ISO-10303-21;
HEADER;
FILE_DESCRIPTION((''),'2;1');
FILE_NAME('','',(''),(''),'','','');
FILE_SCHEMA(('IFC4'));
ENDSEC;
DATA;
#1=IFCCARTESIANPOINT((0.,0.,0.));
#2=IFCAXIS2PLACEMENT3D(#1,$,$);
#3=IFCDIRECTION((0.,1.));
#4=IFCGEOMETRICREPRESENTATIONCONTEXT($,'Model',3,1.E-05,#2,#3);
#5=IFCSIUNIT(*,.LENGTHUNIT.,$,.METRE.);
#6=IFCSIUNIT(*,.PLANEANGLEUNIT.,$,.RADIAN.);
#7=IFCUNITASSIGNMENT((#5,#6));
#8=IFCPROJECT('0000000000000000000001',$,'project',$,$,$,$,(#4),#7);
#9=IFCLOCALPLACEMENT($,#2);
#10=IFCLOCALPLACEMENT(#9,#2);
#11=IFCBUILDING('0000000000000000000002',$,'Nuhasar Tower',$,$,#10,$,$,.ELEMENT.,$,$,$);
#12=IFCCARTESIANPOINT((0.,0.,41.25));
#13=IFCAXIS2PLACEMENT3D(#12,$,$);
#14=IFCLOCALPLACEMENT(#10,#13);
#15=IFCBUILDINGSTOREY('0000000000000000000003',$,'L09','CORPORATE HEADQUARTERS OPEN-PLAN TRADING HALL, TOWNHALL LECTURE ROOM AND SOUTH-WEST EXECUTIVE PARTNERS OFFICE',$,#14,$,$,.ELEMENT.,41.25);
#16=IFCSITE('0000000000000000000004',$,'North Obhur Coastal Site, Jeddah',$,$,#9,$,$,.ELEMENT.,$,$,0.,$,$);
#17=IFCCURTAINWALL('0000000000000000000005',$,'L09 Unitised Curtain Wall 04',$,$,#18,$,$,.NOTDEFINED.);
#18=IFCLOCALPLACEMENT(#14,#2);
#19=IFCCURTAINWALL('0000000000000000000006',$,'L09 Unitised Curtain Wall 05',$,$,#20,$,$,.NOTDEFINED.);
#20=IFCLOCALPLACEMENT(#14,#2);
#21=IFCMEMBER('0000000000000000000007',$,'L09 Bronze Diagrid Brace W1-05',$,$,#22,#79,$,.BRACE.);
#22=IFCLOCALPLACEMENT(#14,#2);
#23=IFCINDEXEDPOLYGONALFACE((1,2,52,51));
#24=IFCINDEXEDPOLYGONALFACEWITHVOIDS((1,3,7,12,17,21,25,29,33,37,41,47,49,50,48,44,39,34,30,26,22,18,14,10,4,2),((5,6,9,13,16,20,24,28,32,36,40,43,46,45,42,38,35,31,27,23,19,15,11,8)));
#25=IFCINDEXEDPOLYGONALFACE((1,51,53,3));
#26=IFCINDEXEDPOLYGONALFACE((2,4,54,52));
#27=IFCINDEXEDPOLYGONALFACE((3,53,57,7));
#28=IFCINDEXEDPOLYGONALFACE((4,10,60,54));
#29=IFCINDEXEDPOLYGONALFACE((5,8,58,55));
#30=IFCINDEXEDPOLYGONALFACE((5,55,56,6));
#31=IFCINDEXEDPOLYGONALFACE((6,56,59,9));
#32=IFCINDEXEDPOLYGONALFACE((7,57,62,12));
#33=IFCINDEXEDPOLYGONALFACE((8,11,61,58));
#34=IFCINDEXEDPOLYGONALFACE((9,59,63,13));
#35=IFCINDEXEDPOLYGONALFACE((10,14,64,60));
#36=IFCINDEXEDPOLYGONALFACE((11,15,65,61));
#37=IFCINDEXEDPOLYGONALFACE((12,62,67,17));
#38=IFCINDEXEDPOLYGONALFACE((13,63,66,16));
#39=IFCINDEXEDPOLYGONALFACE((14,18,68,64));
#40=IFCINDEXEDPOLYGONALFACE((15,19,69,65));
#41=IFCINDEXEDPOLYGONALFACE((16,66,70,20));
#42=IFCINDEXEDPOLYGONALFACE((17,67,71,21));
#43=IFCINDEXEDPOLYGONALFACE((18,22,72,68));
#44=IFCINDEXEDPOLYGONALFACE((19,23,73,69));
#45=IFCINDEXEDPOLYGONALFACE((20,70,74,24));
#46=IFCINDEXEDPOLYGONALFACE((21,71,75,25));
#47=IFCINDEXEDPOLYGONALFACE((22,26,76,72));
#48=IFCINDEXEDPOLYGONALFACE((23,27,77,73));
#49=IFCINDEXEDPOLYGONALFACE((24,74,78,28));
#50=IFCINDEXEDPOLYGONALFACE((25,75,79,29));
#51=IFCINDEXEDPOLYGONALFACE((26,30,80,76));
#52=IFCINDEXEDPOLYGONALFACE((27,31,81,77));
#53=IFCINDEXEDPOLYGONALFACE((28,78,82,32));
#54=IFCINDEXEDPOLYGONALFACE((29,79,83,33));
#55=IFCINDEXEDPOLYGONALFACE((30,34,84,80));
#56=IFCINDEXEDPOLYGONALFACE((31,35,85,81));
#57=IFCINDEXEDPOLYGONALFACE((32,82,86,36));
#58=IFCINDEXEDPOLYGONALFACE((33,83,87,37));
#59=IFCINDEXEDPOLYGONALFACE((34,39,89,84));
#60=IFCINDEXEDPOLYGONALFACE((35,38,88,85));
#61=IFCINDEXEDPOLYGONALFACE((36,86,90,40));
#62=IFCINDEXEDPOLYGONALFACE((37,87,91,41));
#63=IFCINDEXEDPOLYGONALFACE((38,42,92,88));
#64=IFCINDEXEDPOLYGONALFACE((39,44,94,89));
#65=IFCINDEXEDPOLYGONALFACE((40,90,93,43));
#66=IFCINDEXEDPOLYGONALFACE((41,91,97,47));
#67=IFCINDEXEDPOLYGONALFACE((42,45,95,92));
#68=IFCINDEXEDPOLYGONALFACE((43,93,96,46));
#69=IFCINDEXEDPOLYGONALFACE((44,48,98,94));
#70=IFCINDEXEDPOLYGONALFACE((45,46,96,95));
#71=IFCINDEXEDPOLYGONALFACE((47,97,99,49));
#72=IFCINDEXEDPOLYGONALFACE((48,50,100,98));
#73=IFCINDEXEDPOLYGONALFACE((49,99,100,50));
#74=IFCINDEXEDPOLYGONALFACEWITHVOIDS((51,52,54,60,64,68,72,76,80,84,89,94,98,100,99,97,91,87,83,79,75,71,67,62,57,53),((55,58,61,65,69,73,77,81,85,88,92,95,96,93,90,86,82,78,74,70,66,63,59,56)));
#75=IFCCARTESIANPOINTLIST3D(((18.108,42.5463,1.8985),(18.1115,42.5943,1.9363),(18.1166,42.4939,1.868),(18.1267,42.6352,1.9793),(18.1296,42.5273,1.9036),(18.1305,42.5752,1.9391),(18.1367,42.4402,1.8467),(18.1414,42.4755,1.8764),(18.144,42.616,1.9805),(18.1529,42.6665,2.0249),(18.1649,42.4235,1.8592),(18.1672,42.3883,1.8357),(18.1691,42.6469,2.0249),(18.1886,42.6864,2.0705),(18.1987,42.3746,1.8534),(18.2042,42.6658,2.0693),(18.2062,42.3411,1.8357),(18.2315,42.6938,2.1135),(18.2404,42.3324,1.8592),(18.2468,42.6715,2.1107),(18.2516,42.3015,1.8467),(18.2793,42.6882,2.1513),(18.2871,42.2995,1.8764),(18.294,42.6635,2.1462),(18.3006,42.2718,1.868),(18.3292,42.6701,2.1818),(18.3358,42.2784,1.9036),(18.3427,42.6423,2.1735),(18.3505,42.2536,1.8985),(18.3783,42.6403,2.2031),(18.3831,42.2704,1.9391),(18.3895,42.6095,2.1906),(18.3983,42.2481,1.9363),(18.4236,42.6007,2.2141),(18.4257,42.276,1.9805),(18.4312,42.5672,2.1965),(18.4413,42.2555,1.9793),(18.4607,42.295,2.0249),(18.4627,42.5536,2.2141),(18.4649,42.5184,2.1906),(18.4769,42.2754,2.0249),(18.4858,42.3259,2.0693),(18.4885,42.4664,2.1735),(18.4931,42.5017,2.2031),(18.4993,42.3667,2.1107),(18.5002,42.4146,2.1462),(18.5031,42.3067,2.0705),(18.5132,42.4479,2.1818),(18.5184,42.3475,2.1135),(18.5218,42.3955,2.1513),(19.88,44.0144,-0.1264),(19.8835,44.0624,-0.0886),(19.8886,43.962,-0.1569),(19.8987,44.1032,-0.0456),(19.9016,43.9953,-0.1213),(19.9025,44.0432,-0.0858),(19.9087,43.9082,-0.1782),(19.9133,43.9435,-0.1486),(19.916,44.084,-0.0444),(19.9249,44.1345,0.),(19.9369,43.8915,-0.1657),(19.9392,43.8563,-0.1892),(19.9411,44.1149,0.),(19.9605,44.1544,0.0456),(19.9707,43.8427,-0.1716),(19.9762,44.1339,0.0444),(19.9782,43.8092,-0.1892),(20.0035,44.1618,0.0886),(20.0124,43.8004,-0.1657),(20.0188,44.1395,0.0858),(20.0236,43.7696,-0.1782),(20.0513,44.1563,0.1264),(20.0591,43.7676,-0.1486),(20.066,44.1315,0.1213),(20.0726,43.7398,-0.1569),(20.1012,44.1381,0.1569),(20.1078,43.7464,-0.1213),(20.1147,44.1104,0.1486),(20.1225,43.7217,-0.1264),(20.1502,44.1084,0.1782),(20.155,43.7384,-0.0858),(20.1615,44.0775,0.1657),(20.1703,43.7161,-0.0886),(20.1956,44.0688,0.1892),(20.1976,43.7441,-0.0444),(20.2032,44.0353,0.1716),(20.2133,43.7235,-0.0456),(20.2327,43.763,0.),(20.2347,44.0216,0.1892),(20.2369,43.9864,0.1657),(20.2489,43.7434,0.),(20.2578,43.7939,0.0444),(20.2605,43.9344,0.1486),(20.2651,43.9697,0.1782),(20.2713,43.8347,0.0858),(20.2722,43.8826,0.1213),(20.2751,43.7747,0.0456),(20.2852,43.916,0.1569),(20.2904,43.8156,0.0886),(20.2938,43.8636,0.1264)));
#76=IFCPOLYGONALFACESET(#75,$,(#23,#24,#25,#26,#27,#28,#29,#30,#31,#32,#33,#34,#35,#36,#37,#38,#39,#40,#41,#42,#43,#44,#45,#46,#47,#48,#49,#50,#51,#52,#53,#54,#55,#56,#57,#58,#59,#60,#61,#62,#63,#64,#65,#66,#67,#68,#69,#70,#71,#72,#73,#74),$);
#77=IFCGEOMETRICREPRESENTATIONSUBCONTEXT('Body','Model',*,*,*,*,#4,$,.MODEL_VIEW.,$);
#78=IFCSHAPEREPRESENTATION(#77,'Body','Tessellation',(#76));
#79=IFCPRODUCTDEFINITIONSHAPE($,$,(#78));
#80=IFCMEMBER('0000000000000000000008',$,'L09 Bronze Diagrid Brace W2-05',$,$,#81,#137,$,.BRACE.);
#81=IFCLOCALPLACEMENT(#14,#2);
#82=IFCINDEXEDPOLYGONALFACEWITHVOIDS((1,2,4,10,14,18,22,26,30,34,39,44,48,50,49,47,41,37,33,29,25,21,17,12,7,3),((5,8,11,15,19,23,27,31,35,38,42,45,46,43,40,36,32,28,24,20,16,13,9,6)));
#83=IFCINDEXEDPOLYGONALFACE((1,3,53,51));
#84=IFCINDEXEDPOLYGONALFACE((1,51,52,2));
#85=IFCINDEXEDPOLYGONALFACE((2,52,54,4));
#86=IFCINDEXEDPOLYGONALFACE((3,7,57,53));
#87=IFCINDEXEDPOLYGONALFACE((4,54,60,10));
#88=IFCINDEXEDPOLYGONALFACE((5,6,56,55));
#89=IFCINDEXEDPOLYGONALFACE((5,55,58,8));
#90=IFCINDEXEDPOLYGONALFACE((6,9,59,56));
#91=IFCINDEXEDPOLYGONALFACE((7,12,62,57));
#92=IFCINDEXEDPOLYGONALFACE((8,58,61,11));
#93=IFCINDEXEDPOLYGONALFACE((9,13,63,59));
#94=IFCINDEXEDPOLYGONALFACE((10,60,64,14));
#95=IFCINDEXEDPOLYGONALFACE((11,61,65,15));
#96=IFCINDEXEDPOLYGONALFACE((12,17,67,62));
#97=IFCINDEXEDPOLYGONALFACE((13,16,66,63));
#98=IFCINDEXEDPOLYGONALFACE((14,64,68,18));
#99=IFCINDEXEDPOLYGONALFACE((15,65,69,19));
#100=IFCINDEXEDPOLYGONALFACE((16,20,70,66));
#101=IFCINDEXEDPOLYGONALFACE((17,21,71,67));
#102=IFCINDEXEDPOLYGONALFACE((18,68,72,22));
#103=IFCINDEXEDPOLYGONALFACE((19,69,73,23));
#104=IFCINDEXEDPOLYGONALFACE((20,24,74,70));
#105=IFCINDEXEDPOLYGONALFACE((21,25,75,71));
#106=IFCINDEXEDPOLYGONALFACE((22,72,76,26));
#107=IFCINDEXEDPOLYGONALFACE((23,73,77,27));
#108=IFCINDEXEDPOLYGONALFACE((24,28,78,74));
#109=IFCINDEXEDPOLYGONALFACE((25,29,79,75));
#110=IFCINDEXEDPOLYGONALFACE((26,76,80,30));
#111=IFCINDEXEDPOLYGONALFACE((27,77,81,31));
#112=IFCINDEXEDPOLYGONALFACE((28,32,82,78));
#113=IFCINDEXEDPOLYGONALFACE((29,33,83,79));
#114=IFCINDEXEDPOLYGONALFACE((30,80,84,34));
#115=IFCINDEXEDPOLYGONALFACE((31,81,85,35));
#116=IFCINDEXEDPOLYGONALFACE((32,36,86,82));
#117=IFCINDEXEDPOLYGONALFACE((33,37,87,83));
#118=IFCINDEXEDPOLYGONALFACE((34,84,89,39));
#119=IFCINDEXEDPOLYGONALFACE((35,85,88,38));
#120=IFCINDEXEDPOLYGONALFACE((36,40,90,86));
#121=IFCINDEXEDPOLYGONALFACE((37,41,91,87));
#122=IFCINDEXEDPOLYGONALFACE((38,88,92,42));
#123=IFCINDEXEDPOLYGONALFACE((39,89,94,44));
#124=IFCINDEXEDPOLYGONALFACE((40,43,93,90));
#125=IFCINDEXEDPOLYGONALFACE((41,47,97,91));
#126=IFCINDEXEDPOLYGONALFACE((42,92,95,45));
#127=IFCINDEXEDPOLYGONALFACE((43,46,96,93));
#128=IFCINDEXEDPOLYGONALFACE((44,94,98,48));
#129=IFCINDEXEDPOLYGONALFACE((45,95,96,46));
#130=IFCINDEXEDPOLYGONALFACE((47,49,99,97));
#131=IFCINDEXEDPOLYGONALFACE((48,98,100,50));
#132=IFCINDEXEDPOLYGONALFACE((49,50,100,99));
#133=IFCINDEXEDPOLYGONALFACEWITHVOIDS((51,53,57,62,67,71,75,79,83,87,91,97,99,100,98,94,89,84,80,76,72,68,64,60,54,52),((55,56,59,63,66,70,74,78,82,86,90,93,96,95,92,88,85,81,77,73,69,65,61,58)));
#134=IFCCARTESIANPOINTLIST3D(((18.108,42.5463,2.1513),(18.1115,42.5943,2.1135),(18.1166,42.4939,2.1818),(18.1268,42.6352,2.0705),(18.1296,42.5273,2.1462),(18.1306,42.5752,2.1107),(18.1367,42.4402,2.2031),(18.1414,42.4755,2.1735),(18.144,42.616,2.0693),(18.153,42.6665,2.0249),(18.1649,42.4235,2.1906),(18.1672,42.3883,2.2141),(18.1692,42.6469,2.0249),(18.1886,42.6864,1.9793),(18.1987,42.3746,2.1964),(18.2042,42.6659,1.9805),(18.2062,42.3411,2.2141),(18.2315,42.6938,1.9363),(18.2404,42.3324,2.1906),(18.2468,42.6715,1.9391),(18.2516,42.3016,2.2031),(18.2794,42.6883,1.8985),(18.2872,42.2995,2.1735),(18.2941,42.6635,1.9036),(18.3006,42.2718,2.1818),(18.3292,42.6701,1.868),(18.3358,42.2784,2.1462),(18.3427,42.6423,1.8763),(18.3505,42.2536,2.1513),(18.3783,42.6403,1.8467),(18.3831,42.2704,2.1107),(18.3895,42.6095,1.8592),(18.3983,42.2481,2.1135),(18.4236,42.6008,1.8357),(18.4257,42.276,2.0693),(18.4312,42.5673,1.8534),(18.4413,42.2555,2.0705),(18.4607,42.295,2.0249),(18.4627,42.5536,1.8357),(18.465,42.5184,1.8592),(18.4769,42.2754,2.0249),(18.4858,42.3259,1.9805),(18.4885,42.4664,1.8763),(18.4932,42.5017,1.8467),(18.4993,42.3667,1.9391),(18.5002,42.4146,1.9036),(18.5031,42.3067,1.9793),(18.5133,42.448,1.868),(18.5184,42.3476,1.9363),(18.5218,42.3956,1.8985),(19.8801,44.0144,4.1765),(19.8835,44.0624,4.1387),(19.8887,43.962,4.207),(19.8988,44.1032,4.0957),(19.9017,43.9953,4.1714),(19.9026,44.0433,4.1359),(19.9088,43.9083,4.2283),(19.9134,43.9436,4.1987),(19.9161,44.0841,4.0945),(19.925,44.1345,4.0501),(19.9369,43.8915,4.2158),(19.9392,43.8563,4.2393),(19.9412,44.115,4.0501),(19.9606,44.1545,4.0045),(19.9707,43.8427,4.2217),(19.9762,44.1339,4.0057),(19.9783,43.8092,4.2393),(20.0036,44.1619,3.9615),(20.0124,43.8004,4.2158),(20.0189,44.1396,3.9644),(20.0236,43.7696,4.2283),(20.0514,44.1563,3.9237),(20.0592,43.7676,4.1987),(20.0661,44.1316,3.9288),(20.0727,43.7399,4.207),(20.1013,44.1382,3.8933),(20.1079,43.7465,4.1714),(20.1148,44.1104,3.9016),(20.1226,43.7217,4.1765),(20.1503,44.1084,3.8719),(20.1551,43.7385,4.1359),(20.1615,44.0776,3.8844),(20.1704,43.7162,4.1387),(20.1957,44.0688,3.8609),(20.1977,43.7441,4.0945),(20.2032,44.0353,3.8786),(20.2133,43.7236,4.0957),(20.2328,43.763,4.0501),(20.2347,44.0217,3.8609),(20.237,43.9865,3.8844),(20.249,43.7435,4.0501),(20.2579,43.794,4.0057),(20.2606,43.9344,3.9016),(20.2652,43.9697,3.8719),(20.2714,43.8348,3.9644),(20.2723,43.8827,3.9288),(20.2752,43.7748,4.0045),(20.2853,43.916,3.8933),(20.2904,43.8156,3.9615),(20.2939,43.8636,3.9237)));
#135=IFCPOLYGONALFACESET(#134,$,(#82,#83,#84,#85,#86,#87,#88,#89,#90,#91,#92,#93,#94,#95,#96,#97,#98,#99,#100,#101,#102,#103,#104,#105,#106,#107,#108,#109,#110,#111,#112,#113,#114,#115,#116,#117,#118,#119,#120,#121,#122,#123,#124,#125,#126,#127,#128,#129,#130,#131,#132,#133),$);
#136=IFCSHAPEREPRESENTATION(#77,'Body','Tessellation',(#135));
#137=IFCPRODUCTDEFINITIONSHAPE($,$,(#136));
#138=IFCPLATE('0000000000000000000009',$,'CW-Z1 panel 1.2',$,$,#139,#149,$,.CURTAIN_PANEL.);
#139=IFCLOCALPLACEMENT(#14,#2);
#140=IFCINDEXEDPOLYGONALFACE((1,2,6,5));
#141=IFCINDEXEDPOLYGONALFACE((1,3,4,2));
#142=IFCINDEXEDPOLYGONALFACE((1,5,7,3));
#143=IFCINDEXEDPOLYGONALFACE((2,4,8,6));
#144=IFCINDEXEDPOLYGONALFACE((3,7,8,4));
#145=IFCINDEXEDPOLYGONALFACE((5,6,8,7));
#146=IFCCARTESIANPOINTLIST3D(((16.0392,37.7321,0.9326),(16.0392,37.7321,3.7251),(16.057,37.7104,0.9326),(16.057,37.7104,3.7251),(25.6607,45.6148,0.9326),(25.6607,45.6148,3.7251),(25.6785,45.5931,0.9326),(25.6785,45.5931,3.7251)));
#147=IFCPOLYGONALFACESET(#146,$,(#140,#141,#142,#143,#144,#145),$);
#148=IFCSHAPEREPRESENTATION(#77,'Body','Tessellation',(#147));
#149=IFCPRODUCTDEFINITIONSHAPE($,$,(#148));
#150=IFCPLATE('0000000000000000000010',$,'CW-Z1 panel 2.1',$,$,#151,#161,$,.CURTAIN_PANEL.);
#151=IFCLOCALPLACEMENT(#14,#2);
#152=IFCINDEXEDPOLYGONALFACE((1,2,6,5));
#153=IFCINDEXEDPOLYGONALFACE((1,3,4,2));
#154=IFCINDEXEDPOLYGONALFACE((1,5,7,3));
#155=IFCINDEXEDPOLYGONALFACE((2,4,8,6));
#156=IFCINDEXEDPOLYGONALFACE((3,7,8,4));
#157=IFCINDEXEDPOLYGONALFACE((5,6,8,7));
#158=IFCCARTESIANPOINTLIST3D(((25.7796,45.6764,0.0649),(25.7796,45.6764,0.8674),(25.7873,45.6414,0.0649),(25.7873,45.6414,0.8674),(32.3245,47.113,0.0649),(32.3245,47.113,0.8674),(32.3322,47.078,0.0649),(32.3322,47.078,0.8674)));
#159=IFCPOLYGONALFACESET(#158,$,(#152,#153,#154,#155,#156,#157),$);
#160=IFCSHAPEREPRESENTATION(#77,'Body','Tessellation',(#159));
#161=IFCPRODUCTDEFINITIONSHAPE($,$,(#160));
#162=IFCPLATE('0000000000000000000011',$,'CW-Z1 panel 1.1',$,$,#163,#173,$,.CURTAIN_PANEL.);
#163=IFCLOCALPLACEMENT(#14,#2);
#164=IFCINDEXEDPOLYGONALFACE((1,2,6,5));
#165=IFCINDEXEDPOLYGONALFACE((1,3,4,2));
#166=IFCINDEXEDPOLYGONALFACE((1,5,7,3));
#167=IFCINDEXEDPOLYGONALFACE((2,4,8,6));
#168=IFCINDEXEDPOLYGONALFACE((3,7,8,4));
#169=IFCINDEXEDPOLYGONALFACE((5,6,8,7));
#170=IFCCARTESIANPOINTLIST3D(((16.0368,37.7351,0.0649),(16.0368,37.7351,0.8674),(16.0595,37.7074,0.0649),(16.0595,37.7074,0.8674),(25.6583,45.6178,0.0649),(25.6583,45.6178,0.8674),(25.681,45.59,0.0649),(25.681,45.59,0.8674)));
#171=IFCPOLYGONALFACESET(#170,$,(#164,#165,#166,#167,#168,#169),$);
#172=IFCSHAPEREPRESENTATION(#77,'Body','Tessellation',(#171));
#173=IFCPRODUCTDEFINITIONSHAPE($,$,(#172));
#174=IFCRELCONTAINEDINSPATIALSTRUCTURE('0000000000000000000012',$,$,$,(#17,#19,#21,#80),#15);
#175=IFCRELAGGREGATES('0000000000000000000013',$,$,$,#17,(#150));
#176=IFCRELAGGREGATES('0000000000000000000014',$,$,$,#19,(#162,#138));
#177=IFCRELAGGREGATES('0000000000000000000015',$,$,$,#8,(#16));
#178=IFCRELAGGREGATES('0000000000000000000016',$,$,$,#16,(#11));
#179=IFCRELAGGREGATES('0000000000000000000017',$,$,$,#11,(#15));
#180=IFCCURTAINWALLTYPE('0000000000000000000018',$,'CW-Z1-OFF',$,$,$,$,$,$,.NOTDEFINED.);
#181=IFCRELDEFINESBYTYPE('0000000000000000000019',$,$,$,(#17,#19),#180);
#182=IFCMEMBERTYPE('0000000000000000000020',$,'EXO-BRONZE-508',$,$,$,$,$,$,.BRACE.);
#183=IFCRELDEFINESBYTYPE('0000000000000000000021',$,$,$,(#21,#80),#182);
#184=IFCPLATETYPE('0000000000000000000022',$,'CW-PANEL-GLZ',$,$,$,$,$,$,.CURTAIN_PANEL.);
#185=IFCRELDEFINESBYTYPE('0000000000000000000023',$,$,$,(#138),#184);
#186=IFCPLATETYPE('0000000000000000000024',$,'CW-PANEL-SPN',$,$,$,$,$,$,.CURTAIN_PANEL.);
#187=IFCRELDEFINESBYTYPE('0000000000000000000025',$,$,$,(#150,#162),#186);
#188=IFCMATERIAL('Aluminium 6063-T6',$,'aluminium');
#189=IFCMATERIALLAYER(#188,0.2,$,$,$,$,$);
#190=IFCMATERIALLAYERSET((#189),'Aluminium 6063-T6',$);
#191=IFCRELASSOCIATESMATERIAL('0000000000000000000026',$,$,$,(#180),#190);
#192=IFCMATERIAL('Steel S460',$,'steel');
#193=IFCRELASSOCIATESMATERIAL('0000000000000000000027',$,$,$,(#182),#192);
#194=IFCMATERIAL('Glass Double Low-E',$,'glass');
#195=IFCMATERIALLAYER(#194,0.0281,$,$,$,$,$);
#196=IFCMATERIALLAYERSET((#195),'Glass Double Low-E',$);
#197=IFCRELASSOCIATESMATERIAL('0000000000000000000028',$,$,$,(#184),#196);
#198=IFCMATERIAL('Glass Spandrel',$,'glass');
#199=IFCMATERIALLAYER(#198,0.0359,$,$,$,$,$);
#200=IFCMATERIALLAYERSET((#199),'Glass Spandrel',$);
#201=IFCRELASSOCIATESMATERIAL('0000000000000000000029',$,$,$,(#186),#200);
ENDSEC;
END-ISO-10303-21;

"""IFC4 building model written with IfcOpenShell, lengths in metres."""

from ifc_helpers import new_model, si_unit, direction, frame, origin, origin_2d, place, context, subcontext, project, spatial, rectangle, hollow_circle, extrude, material, layer, layer_set, material_profile, profile_set, type_object, element, aggregate, save


model = new_model("IFC4")

# Units and contexts
model_context = context("Model", 3, precision=1e-05, world=origin(), true_north=direction((0.0, 1.0)))
body_context = subcontext(model_context, "Body", "Model", "MODEL_VIEW")
ifc_project = project(units=[si_unit("LENGTHUNIT", "METRE"), si_unit("PLANEANGLEUNIT", "RADIAN")], contexts=[model_context])

# Site, building, storey
site_placement = place(None, origin())
site = spatial("IfcSite", under=ifc_project, at=site_placement, Name="North Obhur Coastal Site, Jeddah", CompositionType="ELEMENT", RefElevation=0.0)
building_placement = place(site_placement, origin())
building = spatial("IfcBuilding", under=site, at=building_placement, Name="Nuhasar Tower", CompositionType="ELEMENT")
storey_placement = place(building_placement, frame((0.0, 0.0, 41.25)))
storey = spatial("IfcBuildingStorey", under=building, at=storey_placement, Name="L09", Description="CORPORATE HEADQUARTERS OPEN-PLAN TRADING HALL, TOWNHALL LECTURE ROOM AND SOUTH-WEST EXECUTIVE PARTNERS OFFICE", CompositionType="ELEMENT", Elevation=41.25)

# Curtain wall
ifc_material_1 = material(Name="Aluminium 6063-T6", Category="aluminium")
ifc_layer_1 = layer(ifc_material_1, 0.2)
ifc_layer_set_1 = layer_set([ifc_layer_1], Name="Aluminium 6063-T6")
curtain_wall_type = type_object("IfcCurtainWallType", Name="CW-Z1-OFF", PredefinedType="NOTDEFINED", material=ifc_layer_set_1)
curtain_wall_1_placement = place(storey_placement, origin())
curtain_wall_1 = element("IfcCurtainWall", 1, at=curtain_wall_1_placement, inside=storey, type_object=curtain_wall_type, Name="L09 Unitised Curtain Wall 04", PredefinedType="NOTDEFINED")

# Curtain wall
curtain_wall_2_placement = place(storey_placement, origin())
curtain_wall_2 = element("IfcCurtainWall", 2, at=curtain_wall_2_placement, inside=storey, type_object=curtain_wall_type, Name="L09 Unitised Curtain Wall 05", PredefinedType="NOTDEFINED")

# Members
ifc_material_2 = material(Name="Steel S460", Category="steel")
ifc_material_profile_1 = material_profile(ifc_material_2, hollow_circle(Radius=0.2539, WallThickness=0.0254, at=origin_2d()), Name="HSS508X25.4")
ifc_profile_set_1 = profile_set([ifc_material_profile_1], Name="Steel S460")
member_type_1 = type_object("IfcMemberType", Name="EXO-BRONZE-508", PredefinedType="BRACE", material=ifc_profile_set_1)
member_1_placement = place(storey_placement, frame((20.0869, 43.939, 0.0), z_axis=(-0.578102, -0.478937, 0.660619), x_axis=(0.637969, -0.770062, 0.0)))
element("IfcMember", 3, at=member_1_placement, inside=storey, type_object=member_type_1, Name="L09 Bronze Diagrid Brace W1-05", PredefinedType="BRACE", context=body_context, shape_type="SweptSolid", body=[
    extrude(hollow_circle(Radius=0.2539, WallThickness=0.0254, at=origin_2d()), origin(), (0.0, 0.0, 1.0), 3.0652),
])
member_2_placement = place(storey_placement, frame((18.3149, 42.4709, 2.0249), z_axis=(0.578071, 0.478912, 0.660664), x_axis=(-0.637969, 0.770062, 0.0)))
element("IfcMember", 4, at=member_2_placement, inside=storey, type_object=member_type_1, Name="L09 Bronze Diagrid Brace W2-05", PredefinedType="BRACE", context=body_context, shape_type="SweptSolid", body=[
    extrude(hollow_circle(Radius=0.2539, WallThickness=0.0254, at=origin_2d()), origin(), (0.0, 0.0, 1.0), 3.0654),
])

# Plates
ifc_material_3 = material(Name="Glass Double Low-E", Category="glass")
ifc_layer_2 = layer(ifc_material_3, 0.0281)
ifc_layer_set_2 = layer_set([ifc_layer_2], Name="Glass Double Low-E")
plate_type_1 = type_object("IfcPlateType", Name="CW-PANEL-GLZ", PredefinedType="CURTAIN_PANEL", material=ifc_layer_set_2)
plate_1_placement = place(storey_placement, frame((20.8589, 41.6626, 0.9326), z_axis=(0.0, 0.0, 1.0), x_axis=(-0.773542, -0.633745, 0.0)))
plate_1 = element("IfcPlate", 5, at=plate_1_placement, type_object=plate_type_1, Name="CW-Z1 panel 1.2", PredefinedType="CURTAIN_PANEL", context=body_context, shape_type="SweptSolid", body=[
    extrude(rectangle(XDim=12.4382, YDim=0.0281, at=origin_2d()), origin(), (0.0, 0.0, 1.0), 2.7925),
])
ifc_material_4 = material(Name="Glass Spandrel", Category="glass")
ifc_layer_3 = layer(ifc_material_4, 0.0359)
ifc_layer_set_3 = layer_set([ifc_layer_3], Name="Glass Spandrel")
plate_type_2 = type_object("IfcPlateType", Name="CW-PANEL-SPN", PredefinedType="CURTAIN_PANEL", material=ifc_layer_set_3)
plate_2_placement = place(storey_placement, frame((29.0559, 46.3772, 0.0649), z_axis=(0.0, 0.0, 1.0), x_axis=(-0.976746, -0.214399, 0.0)))
plate_2 = element("IfcPlate", 6, at=plate_2_placement, type_object=plate_type_2, Name="CW-Z1 panel 2.1", PredefinedType="CURTAIN_PANEL", context=body_context, shape_type="SweptSolid", body=[
    extrude(rectangle(XDim=6.7007, YDim=0.0359, at=origin_2d()), origin(), (0.0, 0.0, 1.0), 0.8025),
])
aggregate(curtain_wall_1, [plate_2])
plate_3_placement = place(storey_placement, frame((20.8589, 41.6626, 0.0649), z_axis=(0.0, 0.0, 1.0), x_axis=(-0.773542, -0.633745, 0.0)))
plate_3 = element("IfcPlate", 7, at=plate_3_placement, type_object=plate_type_2, Name="CW-Z1 panel 1.1", PredefinedType="CURTAIN_PANEL", context=body_context, shape_type="SweptSolid", body=[
    extrude(rectangle(XDim=12.4382, YDim=0.0359, at=origin_2d()), origin(), (0.0, 0.0, 1.0), 0.8025),
])
aggregate(curtain_wall_2, [plate_3, plate_1])

save(model, "model.ifc")
